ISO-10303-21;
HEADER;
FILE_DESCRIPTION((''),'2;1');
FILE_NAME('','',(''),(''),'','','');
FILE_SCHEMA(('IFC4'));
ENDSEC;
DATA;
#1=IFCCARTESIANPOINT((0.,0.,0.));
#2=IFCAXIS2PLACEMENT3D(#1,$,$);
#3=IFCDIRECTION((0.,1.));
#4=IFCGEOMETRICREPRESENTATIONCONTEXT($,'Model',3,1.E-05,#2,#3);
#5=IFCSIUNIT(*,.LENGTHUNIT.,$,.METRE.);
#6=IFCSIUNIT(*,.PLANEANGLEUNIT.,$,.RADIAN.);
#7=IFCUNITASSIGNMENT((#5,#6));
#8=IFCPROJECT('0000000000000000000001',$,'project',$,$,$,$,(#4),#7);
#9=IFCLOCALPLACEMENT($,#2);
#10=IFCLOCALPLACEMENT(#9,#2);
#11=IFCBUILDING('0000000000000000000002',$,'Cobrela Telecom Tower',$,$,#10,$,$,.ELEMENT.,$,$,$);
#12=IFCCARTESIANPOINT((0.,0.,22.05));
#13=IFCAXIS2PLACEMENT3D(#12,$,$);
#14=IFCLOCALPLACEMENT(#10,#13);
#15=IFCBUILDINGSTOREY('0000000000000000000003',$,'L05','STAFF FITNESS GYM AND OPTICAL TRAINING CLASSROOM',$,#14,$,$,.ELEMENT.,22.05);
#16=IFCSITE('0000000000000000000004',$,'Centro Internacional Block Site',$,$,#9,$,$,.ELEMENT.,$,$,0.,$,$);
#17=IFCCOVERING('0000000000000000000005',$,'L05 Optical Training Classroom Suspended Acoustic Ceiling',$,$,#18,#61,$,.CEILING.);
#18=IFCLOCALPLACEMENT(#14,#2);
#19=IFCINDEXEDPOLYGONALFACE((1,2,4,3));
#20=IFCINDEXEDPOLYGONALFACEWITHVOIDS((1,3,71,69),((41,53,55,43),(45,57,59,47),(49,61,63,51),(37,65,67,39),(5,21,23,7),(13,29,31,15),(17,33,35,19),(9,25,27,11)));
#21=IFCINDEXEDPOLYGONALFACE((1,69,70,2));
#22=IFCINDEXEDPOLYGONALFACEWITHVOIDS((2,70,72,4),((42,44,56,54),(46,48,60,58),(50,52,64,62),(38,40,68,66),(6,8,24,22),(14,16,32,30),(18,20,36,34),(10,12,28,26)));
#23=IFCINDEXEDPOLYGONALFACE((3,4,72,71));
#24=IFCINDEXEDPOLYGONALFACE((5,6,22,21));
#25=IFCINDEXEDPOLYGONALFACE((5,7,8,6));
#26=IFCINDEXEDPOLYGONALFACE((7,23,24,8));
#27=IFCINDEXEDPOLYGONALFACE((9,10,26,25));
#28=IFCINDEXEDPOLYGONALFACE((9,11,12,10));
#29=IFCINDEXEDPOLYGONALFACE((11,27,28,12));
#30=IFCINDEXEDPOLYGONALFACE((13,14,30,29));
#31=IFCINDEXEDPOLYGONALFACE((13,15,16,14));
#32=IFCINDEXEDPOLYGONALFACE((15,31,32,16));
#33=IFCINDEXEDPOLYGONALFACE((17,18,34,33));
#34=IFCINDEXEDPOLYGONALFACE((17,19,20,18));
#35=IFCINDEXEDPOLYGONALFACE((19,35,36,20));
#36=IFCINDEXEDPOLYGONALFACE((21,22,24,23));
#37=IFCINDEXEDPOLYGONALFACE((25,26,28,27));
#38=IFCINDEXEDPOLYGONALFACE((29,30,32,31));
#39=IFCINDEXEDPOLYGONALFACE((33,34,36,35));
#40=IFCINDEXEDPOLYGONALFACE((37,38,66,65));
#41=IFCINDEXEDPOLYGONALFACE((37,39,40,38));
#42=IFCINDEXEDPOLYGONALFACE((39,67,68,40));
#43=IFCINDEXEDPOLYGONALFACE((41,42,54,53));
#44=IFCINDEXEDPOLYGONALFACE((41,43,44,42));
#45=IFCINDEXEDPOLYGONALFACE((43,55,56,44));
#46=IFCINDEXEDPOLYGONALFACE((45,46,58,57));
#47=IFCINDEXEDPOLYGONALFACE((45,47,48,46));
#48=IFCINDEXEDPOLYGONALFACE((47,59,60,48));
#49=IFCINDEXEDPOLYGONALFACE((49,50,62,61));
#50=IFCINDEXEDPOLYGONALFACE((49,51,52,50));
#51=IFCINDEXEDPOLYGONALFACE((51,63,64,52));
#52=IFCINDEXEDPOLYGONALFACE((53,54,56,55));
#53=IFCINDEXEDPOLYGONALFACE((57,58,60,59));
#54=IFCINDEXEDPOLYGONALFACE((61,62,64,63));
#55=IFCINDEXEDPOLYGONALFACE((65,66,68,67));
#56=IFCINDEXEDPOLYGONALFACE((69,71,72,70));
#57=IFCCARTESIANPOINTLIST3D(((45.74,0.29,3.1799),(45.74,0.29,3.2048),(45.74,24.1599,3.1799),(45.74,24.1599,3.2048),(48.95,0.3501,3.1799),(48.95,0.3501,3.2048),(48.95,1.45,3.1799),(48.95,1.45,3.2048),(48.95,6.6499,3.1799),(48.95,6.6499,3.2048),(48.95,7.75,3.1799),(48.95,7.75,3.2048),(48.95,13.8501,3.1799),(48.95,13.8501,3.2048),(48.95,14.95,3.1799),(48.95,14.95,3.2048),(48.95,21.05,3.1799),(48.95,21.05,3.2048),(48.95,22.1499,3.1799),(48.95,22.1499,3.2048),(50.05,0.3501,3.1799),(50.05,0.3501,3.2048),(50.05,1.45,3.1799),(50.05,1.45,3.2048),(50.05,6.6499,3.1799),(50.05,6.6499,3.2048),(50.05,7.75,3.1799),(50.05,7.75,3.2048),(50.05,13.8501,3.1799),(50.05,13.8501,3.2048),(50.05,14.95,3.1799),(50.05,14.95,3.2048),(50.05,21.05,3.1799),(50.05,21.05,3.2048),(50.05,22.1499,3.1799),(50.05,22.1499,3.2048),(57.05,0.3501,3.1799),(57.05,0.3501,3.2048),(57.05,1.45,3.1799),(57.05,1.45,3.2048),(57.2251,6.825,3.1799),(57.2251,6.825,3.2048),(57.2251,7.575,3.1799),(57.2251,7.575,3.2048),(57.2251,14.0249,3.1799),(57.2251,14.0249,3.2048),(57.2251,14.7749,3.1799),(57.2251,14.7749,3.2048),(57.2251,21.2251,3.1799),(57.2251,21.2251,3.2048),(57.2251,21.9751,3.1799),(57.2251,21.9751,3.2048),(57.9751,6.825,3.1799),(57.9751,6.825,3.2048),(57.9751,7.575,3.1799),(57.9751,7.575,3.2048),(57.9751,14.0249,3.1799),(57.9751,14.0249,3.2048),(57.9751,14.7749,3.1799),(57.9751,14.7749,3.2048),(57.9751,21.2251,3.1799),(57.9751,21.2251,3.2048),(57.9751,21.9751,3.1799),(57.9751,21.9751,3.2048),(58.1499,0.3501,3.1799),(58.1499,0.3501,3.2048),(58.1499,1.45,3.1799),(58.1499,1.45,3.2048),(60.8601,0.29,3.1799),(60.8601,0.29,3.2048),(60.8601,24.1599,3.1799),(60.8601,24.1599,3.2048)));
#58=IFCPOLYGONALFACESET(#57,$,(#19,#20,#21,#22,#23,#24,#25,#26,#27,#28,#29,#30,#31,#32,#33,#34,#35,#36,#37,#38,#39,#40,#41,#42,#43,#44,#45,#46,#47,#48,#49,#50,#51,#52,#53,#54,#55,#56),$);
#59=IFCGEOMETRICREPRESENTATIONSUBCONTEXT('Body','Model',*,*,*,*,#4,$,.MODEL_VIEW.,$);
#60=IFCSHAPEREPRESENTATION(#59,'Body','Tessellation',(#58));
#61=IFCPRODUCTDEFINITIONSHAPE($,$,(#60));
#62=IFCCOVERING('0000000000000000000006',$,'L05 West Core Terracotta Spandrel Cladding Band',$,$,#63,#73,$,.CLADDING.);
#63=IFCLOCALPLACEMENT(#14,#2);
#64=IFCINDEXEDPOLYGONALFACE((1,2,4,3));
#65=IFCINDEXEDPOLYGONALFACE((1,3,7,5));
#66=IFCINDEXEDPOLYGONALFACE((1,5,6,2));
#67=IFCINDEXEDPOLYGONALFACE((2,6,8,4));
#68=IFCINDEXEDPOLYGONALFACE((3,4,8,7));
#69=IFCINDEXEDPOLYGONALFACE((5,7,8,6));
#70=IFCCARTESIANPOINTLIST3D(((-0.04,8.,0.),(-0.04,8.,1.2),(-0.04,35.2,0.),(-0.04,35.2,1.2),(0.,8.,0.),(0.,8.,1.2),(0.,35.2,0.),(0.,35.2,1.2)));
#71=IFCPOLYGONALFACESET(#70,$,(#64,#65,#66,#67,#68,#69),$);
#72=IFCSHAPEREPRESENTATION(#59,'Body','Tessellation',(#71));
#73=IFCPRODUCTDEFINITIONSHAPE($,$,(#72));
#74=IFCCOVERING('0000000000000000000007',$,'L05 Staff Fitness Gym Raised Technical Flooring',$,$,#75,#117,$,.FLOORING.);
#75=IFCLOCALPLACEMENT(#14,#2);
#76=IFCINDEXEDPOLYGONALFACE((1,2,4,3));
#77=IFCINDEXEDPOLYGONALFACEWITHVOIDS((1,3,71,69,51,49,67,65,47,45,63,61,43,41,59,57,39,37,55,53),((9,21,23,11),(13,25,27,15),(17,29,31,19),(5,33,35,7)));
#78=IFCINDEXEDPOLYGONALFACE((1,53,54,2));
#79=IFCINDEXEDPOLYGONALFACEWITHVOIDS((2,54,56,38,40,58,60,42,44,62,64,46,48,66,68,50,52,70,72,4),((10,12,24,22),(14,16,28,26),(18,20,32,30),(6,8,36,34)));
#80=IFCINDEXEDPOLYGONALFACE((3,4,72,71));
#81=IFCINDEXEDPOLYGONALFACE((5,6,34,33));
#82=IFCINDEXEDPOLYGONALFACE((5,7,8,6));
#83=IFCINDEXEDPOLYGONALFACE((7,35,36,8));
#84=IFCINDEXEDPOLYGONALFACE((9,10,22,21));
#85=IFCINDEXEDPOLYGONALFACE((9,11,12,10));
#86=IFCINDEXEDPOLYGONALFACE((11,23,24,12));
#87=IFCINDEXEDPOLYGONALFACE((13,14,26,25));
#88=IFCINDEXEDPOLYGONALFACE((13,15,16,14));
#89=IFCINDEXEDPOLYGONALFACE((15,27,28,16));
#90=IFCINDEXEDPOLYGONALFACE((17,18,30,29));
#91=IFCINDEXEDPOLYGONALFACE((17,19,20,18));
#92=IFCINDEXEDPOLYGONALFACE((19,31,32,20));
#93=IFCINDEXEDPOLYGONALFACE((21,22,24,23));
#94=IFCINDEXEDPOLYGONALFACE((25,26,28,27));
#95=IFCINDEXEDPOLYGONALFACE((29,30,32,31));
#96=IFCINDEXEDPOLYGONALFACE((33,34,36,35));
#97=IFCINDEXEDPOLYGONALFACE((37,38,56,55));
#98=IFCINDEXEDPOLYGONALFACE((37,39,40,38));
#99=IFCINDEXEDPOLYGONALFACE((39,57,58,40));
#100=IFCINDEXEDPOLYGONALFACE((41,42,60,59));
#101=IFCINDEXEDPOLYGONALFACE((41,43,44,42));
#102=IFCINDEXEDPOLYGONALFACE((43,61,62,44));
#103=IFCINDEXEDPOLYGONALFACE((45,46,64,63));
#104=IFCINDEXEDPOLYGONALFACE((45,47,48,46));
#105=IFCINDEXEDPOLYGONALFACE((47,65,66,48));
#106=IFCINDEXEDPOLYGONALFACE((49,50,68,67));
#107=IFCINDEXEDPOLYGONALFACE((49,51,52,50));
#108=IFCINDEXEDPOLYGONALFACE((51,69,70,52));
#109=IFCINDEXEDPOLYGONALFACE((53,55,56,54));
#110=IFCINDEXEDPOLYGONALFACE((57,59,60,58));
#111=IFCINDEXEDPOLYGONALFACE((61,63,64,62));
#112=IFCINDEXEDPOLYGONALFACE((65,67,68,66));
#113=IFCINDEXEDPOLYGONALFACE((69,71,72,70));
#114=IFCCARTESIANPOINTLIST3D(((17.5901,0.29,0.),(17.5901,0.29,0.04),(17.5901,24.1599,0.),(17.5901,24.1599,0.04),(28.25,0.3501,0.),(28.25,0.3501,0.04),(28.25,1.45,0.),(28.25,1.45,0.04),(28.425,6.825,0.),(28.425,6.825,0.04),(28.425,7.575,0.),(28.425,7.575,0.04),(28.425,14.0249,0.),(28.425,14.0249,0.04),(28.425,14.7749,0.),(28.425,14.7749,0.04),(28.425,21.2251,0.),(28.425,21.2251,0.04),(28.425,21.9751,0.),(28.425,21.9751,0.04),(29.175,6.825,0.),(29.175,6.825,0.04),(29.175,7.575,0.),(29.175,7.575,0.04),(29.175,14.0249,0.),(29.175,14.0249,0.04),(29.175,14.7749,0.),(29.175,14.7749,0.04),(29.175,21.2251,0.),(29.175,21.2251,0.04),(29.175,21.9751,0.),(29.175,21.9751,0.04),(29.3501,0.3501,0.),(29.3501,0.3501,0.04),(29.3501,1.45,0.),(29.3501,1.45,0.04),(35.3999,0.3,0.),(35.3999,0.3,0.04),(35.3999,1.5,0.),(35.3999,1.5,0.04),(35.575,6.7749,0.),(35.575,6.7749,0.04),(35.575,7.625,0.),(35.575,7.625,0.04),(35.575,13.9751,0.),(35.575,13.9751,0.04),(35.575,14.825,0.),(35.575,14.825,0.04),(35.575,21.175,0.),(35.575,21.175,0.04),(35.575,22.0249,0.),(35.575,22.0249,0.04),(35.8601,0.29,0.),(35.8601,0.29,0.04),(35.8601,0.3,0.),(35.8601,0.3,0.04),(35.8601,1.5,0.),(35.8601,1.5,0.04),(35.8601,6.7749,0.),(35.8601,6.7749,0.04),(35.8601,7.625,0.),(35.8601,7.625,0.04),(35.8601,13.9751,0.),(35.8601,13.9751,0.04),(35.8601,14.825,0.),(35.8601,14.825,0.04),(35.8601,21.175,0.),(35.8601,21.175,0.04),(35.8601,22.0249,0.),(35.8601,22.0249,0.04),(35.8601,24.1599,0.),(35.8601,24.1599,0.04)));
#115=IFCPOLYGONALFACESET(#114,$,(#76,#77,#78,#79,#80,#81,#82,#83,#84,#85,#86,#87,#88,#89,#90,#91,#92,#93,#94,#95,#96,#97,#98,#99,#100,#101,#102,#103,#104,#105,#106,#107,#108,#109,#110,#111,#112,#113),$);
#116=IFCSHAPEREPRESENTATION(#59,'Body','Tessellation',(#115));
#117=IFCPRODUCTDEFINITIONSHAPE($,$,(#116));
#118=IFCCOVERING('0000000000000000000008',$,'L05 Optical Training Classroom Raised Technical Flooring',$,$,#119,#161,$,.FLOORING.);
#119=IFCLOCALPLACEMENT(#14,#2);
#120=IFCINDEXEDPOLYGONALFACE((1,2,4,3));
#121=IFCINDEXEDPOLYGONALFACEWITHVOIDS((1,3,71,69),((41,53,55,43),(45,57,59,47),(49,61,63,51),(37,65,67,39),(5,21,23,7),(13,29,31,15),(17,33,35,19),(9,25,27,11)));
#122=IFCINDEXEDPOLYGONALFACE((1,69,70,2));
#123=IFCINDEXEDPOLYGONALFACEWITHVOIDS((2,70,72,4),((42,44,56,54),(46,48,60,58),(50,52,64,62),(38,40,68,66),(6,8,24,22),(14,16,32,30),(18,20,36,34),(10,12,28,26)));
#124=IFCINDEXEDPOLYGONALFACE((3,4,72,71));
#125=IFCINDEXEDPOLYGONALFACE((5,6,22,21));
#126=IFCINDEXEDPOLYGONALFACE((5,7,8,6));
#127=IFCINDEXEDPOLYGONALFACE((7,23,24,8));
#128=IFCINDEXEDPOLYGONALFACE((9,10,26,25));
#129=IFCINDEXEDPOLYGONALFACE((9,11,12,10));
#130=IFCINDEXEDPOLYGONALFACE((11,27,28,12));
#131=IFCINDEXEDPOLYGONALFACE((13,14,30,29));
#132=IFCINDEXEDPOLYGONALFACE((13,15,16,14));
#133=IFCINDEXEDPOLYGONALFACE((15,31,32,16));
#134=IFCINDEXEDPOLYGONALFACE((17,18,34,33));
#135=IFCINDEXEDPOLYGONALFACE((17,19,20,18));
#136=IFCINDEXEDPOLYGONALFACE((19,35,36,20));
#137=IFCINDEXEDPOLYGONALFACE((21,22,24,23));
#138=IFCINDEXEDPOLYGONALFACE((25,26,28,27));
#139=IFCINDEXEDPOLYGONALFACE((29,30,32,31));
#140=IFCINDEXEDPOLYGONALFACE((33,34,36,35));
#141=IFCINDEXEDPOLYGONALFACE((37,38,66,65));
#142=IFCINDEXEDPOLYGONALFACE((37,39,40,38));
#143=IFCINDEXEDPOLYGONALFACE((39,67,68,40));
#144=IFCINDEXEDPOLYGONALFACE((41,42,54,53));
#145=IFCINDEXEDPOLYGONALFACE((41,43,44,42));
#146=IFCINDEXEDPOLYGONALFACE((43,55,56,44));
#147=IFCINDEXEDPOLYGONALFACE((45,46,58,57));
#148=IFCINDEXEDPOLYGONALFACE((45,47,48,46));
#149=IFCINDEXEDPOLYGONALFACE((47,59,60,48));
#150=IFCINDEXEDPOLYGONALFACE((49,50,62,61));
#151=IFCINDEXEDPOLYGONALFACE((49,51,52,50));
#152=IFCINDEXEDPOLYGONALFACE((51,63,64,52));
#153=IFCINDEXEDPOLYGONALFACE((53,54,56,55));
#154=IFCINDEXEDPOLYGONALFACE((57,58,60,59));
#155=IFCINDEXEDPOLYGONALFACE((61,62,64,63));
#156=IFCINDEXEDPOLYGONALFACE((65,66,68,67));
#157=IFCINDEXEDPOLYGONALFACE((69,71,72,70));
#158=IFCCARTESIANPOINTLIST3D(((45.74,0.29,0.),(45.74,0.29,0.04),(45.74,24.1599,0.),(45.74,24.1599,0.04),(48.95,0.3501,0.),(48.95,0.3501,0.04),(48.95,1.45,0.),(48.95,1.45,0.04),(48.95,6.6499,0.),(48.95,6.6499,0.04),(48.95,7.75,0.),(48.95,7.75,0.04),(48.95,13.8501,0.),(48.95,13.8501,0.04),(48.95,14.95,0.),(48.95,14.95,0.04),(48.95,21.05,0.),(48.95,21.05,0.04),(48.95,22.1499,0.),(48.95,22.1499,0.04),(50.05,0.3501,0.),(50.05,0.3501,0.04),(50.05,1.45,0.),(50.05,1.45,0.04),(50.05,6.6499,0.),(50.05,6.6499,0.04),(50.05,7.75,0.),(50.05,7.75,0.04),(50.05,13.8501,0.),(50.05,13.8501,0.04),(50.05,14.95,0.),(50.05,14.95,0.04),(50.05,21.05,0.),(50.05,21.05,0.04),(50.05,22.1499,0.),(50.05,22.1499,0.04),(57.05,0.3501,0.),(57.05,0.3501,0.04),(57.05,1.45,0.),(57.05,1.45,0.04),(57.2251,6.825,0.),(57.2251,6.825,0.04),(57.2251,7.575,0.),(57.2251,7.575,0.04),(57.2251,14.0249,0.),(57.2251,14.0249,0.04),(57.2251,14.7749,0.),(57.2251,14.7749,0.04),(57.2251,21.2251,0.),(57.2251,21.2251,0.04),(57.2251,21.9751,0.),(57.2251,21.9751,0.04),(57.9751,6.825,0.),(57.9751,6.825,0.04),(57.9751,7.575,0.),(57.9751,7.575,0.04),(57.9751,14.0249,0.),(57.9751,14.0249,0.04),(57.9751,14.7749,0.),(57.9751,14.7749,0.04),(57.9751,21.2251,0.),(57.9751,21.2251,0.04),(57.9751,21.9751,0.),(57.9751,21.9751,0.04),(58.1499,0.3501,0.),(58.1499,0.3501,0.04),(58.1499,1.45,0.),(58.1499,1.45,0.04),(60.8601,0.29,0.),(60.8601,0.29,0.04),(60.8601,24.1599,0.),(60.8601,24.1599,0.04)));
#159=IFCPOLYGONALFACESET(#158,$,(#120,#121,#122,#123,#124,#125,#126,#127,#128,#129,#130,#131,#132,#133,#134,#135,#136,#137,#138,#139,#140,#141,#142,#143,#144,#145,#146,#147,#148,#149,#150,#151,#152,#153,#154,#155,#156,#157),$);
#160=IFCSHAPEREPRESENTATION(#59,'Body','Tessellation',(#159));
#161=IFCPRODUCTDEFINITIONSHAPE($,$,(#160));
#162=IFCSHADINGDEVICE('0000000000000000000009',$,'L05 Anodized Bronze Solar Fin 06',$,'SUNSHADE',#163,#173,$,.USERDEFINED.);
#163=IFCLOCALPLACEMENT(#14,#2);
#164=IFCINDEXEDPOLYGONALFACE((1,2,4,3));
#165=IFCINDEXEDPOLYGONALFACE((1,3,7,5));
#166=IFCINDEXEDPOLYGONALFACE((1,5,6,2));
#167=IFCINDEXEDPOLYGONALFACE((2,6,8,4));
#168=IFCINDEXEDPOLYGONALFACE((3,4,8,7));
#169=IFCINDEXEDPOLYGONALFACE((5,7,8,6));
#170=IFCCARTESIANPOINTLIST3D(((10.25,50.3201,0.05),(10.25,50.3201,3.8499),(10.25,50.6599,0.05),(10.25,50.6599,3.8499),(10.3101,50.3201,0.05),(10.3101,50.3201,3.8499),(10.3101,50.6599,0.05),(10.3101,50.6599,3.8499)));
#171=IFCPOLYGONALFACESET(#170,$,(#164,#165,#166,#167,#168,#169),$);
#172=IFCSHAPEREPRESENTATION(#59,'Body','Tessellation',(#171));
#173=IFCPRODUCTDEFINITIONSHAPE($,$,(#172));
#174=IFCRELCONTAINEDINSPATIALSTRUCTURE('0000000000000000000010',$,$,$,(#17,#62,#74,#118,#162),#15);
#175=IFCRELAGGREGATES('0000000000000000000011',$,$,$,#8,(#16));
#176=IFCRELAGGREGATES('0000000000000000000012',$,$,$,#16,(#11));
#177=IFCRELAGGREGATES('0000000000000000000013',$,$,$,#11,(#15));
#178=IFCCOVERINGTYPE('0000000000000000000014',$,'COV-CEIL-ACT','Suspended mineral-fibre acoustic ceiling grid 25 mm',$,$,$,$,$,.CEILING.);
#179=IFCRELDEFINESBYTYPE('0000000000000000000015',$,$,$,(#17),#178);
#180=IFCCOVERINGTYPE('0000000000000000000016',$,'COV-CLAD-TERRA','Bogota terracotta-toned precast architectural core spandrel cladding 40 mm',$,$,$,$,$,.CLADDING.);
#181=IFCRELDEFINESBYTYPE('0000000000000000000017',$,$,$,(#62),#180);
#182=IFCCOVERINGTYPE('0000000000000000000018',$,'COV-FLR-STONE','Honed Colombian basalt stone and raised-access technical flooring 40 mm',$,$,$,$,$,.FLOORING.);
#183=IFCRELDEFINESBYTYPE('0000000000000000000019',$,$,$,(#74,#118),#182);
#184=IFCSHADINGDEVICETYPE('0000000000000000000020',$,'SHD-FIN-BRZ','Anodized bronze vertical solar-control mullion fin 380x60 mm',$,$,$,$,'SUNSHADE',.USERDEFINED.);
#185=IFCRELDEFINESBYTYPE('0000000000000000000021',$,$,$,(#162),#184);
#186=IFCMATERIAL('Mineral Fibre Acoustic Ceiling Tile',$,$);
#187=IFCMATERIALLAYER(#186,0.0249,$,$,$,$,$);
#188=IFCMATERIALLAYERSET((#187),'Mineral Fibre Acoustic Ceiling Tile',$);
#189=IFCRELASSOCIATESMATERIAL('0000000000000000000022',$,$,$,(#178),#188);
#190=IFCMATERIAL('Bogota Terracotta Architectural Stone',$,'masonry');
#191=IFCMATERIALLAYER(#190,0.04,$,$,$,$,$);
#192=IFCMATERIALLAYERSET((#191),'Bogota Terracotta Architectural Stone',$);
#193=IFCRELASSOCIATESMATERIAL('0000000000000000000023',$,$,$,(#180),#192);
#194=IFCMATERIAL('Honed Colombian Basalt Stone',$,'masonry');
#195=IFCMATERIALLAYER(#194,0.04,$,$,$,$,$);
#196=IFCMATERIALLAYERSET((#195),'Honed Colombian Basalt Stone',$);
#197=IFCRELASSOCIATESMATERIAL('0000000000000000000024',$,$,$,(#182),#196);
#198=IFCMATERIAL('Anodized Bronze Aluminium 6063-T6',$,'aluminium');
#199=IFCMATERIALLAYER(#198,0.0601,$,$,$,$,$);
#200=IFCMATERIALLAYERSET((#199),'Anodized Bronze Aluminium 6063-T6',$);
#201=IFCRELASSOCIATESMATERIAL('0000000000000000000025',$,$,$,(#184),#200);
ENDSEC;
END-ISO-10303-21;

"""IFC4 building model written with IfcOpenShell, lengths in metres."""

from ifc_helpers import new_model, si_unit, direction, frame, origin, place, context, subcontext, project, spatial, polyline, outline, extrude, material, layer, layer_set, type_object, element, save


model = new_model("IFC4")

# Units and contexts
model_context = context("Model", 3, precision=1e-05, world=origin(), true_north=direction((0.0, 1.0)))
body_context = subcontext(model_context, "Body", "Model", "MODEL_VIEW")
ifc_project = project(units=[si_unit("LENGTHUNIT", "METRE"), si_unit("PLANEANGLEUNIT", "RADIAN")], contexts=[model_context])

# Site, building, storey
site_placement = place(None, origin())
site = spatial("IfcSite", under=ifc_project, at=site_placement, Name="Centro Internacional Block Site", CompositionType="ELEMENT", RefElevation=0.0)
building_placement = place(site_placement, origin())
building = spatial("IfcBuilding", under=site, at=building_placement, Name="Cobrela Telecom Tower", CompositionType="ELEMENT")
storey_placement = place(building_placement, frame((0.0, 0.0, 22.05)))
storey = spatial("IfcBuildingStorey", under=building, at=storey_placement, Name="L05", Description="STAFF FITNESS GYM AND OPTICAL TRAINING CLASSROOM", CompositionType="ELEMENT", Elevation=22.05)

# Coverings
ifc_material_1 = material(Name="Mineral Fibre Acoustic Ceiling Tile")
ifc_layer_1 = layer(ifc_material_1, 0.0249)
ifc_layer_set_1 = layer_set([ifc_layer_1], Name="Mineral Fibre Acoustic Ceiling Tile")
covering_type_1 = type_object("IfcCoveringType", Name="COV-CEIL-ACT", Description="Suspended mineral-fibre acoustic ceiling grid 25 mm", PredefinedType="CEILING", material=ifc_layer_set_1)
covering_1_placement = place(storey_placement, frame((0.0, 0.0, 3.1799)))
element("IfcCovering", 1, at=covering_1_placement, inside=storey, type_object=covering_type_1, Name="L05 Optical Training Classroom Suspended Acoustic Ceiling", PredefinedType="CEILING", context=body_context, shape_type="SweptSolid", body=[
    extrude(outline(polyline([(60.8601, 0.29), (45.74, 0.29), (45.74, 24.1599), (60.8601, 24.1599), (60.8601, 0.29)]), holes=[polyline([(48.95, 0.3501), (50.05, 0.3501), (50.05, 1.45), (48.95, 1.45), (48.95, 0.3501)]), polyline([(50.05, 6.6499), (50.05, 7.75), (48.95, 7.75), (48.95, 6.6499), (50.05, 6.6499)]), polyline([(48.95, 13.8501), (50.05, 13.8501), (50.05, 14.95), (48.95, 14.95), (48.95, 13.8501)]), polyline([(48.95, 21.05), (50.05, 21.05), (50.05, 22.1499), (48.95, 22.1499), (48.95, 21.05)]), polyline([(57.05, 0.3501), (58.1499, 0.3501), (58.1499, 1.45), (57.05, 1.45), (57.05, 0.3501)]), polyline([(57.9751, 6.825), (57.9751, 7.575), (57.2251, 7.575), (57.2251, 6.825), (57.9751, 6.825)]), polyline([(57.2251, 14.0249), (57.9751, 14.0249), (57.9751, 14.7749), (57.2251, 14.7749), (57.2251, 14.0249)]), polyline([(57.2251, 21.2251), (57.9751, 21.2251), (57.9751, 21.9751), (57.2251, 21.9751), (57.2251, 21.2251)])]), origin(), (0.0, 0.0, 1.0), 0.0249),
])
ifc_material_2 = material(Name="Bogota Terracotta Architectural Stone", Category="masonry")
ifc_layer_2 = layer(ifc_material_2, 0.04)
ifc_layer_set_2 = layer_set([ifc_layer_2], Name="Bogota Terracotta Architectural Stone")
covering_type_2 = type_object("IfcCoveringType", Name="COV-CLAD-TERRA", Description="Bogota terracotta-toned precast architectural core spandrel cladding 40 mm", PredefinedType="CLADDING", material=ifc_layer_set_2)
covering_2_placement = place(storey_placement, origin())
element("IfcCovering", 2, at=covering_2_placement, inside=storey, type_object=covering_type_2, Name="L05 West Core Terracotta Spandrel Cladding Band", PredefinedType="CLADDING", context=body_context, shape_type="SweptSolid", body=[
    extrude(outline(polyline([(-0.04, 8.0), (0.0, 8.0), (0.0, 35.2), (-0.04, 35.2), (-0.04, 8.0)])), origin(), (0.0, 0.0, 1.0), 1.2),
])
ifc_material_3 = material(Name="Honed Colombian Basalt Stone", Category="masonry")
ifc_layer_3 = layer(ifc_material_3, 0.04)
ifc_layer_set_3 = layer_set([ifc_layer_3], Name="Honed Colombian Basalt Stone")
covering_type_3 = type_object("IfcCoveringType", Name="COV-FLR-STONE", Description="Honed Colombian basalt stone and raised-access technical flooring 40 mm", PredefinedType="FLOORING", material=ifc_layer_set_3)
covering_3_placement = place(storey_placement, origin())
element("IfcCovering", 3, at=covering_3_placement, inside=storey, type_object=covering_type_3, Name="L05 Staff Fitness Gym Raised Technical Flooring", PredefinedType="FLOORING", context=body_context, shape_type="SweptSolid", body=[
    extrude(outline(polyline([(35.8601, 22.0249), (35.575, 22.0249), (35.575, 21.175), (35.8601, 21.175), (35.8601, 14.825), (35.575, 14.825), (35.575, 13.9751), (35.8601, 13.9751), (35.8601, 7.625), (35.575, 7.625), (35.575, 6.7749), (35.8601, 6.7749), (35.8601, 1.5), (35.3999, 1.5), (35.3999, 0.3), (35.8601, 0.3), (35.8601, 0.29), (17.5901, 0.29), (17.5901, 24.1599), (35.8601, 24.1599), (35.8601, 22.0249)]), holes=[polyline([(29.3501, 0.3501), (29.3501, 1.45), (28.25, 1.45), (28.25, 0.3501), (29.3501, 0.3501)]), polyline([(28.425, 6.825), (29.175, 6.825), (29.175, 7.575), (28.425, 7.575), (28.425, 6.825)]), polyline([(29.175, 14.0249), (29.175, 14.7749), (28.425, 14.7749), (28.425, 14.0249), (29.175, 14.0249)]), polyline([(28.425, 21.2251), (29.175, 21.2251), (29.175, 21.9751), (28.425, 21.9751), (28.425, 21.2251)])]), origin(), (0.0, 0.0, 1.0), 0.04),
])
covering_4_placement = place(storey_placement, origin())
element("IfcCovering", 4, at=covering_4_placement, inside=storey, type_object=covering_type_3, Name="L05 Optical Training Classroom Raised Technical Flooring", PredefinedType="FLOORING", context=body_context, shape_type="SweptSolid", body=[
    extrude(outline(polyline([(60.8601, 0.29), (45.74, 0.29), (45.74, 24.1599), (60.8601, 24.1599), (60.8601, 0.29)]), holes=[polyline([(48.95, 0.3501), (50.05, 0.3501), (50.05, 1.45), (48.95, 1.45), (48.95, 0.3501)]), polyline([(50.05, 6.6499), (50.05, 7.75), (48.95, 7.75), (48.95, 6.6499), (50.05, 6.6499)]), polyline([(48.95, 13.8501), (50.05, 13.8501), (50.05, 14.95), (48.95, 14.95), (48.95, 13.8501)]), polyline([(48.95, 21.05), (50.05, 21.05), (50.05, 22.1499), (48.95, 22.1499), (48.95, 21.05)]), polyline([(57.05, 0.3501), (58.1499, 0.3501), (58.1499, 1.45), (57.05, 1.45), (57.05, 0.3501)]), polyline([(57.9751, 6.825), (57.9751, 7.575), (57.2251, 7.575), (57.2251, 6.825), (57.9751, 6.825)]), polyline([(57.2251, 14.0249), (57.9751, 14.0249), (57.9751, 14.7749), (57.2251, 14.7749), (57.2251, 14.0249)]), polyline([(57.2251, 21.2251), (57.9751, 21.2251), (57.9751, 21.9751), (57.2251, 21.9751), (57.2251, 21.2251)])]), origin(), (0.0, 0.0, 1.0), 0.04),
])

# Shading device
ifc_material_4 = material(Name="Anodized Bronze Aluminium 6063-T6", Category="aluminium")
ifc_layer_4 = layer(ifc_material_4, 0.0601)
ifc_layer_set_4 = layer_set([ifc_layer_4], Name="Anodized Bronze Aluminium 6063-T6")
shading_device_type = type_object("IfcShadingDeviceType", Name="SHD-FIN-BRZ", Description="Anodized bronze vertical solar-control mullion fin 380x60 mm", ElementType="SUNSHADE", PredefinedType="USERDEFINED", material=ifc_layer_set_4)
shading_device_1_placement = place(storey_placement, frame((0.0, 0.0, 0.05)))
element("IfcShadingDevice", 5, at=shading_device_1_placement, inside=storey, type_object=shading_device_type, Name="L05 Anodized Bronze Solar Fin 06", ObjectType="SUNSHADE", PredefinedType="USERDEFINED", context=body_context, shape_type="SweptSolid", body=[
    extrude(outline(polyline([(10.25, 50.3201), (10.3101, 50.3201), (10.3101, 50.6599), (10.25, 50.6599), (10.25, 50.3201)])), origin(), (0.0, 0.0, 1.0), 3.7998),
])

save(model, "model.ifc")
